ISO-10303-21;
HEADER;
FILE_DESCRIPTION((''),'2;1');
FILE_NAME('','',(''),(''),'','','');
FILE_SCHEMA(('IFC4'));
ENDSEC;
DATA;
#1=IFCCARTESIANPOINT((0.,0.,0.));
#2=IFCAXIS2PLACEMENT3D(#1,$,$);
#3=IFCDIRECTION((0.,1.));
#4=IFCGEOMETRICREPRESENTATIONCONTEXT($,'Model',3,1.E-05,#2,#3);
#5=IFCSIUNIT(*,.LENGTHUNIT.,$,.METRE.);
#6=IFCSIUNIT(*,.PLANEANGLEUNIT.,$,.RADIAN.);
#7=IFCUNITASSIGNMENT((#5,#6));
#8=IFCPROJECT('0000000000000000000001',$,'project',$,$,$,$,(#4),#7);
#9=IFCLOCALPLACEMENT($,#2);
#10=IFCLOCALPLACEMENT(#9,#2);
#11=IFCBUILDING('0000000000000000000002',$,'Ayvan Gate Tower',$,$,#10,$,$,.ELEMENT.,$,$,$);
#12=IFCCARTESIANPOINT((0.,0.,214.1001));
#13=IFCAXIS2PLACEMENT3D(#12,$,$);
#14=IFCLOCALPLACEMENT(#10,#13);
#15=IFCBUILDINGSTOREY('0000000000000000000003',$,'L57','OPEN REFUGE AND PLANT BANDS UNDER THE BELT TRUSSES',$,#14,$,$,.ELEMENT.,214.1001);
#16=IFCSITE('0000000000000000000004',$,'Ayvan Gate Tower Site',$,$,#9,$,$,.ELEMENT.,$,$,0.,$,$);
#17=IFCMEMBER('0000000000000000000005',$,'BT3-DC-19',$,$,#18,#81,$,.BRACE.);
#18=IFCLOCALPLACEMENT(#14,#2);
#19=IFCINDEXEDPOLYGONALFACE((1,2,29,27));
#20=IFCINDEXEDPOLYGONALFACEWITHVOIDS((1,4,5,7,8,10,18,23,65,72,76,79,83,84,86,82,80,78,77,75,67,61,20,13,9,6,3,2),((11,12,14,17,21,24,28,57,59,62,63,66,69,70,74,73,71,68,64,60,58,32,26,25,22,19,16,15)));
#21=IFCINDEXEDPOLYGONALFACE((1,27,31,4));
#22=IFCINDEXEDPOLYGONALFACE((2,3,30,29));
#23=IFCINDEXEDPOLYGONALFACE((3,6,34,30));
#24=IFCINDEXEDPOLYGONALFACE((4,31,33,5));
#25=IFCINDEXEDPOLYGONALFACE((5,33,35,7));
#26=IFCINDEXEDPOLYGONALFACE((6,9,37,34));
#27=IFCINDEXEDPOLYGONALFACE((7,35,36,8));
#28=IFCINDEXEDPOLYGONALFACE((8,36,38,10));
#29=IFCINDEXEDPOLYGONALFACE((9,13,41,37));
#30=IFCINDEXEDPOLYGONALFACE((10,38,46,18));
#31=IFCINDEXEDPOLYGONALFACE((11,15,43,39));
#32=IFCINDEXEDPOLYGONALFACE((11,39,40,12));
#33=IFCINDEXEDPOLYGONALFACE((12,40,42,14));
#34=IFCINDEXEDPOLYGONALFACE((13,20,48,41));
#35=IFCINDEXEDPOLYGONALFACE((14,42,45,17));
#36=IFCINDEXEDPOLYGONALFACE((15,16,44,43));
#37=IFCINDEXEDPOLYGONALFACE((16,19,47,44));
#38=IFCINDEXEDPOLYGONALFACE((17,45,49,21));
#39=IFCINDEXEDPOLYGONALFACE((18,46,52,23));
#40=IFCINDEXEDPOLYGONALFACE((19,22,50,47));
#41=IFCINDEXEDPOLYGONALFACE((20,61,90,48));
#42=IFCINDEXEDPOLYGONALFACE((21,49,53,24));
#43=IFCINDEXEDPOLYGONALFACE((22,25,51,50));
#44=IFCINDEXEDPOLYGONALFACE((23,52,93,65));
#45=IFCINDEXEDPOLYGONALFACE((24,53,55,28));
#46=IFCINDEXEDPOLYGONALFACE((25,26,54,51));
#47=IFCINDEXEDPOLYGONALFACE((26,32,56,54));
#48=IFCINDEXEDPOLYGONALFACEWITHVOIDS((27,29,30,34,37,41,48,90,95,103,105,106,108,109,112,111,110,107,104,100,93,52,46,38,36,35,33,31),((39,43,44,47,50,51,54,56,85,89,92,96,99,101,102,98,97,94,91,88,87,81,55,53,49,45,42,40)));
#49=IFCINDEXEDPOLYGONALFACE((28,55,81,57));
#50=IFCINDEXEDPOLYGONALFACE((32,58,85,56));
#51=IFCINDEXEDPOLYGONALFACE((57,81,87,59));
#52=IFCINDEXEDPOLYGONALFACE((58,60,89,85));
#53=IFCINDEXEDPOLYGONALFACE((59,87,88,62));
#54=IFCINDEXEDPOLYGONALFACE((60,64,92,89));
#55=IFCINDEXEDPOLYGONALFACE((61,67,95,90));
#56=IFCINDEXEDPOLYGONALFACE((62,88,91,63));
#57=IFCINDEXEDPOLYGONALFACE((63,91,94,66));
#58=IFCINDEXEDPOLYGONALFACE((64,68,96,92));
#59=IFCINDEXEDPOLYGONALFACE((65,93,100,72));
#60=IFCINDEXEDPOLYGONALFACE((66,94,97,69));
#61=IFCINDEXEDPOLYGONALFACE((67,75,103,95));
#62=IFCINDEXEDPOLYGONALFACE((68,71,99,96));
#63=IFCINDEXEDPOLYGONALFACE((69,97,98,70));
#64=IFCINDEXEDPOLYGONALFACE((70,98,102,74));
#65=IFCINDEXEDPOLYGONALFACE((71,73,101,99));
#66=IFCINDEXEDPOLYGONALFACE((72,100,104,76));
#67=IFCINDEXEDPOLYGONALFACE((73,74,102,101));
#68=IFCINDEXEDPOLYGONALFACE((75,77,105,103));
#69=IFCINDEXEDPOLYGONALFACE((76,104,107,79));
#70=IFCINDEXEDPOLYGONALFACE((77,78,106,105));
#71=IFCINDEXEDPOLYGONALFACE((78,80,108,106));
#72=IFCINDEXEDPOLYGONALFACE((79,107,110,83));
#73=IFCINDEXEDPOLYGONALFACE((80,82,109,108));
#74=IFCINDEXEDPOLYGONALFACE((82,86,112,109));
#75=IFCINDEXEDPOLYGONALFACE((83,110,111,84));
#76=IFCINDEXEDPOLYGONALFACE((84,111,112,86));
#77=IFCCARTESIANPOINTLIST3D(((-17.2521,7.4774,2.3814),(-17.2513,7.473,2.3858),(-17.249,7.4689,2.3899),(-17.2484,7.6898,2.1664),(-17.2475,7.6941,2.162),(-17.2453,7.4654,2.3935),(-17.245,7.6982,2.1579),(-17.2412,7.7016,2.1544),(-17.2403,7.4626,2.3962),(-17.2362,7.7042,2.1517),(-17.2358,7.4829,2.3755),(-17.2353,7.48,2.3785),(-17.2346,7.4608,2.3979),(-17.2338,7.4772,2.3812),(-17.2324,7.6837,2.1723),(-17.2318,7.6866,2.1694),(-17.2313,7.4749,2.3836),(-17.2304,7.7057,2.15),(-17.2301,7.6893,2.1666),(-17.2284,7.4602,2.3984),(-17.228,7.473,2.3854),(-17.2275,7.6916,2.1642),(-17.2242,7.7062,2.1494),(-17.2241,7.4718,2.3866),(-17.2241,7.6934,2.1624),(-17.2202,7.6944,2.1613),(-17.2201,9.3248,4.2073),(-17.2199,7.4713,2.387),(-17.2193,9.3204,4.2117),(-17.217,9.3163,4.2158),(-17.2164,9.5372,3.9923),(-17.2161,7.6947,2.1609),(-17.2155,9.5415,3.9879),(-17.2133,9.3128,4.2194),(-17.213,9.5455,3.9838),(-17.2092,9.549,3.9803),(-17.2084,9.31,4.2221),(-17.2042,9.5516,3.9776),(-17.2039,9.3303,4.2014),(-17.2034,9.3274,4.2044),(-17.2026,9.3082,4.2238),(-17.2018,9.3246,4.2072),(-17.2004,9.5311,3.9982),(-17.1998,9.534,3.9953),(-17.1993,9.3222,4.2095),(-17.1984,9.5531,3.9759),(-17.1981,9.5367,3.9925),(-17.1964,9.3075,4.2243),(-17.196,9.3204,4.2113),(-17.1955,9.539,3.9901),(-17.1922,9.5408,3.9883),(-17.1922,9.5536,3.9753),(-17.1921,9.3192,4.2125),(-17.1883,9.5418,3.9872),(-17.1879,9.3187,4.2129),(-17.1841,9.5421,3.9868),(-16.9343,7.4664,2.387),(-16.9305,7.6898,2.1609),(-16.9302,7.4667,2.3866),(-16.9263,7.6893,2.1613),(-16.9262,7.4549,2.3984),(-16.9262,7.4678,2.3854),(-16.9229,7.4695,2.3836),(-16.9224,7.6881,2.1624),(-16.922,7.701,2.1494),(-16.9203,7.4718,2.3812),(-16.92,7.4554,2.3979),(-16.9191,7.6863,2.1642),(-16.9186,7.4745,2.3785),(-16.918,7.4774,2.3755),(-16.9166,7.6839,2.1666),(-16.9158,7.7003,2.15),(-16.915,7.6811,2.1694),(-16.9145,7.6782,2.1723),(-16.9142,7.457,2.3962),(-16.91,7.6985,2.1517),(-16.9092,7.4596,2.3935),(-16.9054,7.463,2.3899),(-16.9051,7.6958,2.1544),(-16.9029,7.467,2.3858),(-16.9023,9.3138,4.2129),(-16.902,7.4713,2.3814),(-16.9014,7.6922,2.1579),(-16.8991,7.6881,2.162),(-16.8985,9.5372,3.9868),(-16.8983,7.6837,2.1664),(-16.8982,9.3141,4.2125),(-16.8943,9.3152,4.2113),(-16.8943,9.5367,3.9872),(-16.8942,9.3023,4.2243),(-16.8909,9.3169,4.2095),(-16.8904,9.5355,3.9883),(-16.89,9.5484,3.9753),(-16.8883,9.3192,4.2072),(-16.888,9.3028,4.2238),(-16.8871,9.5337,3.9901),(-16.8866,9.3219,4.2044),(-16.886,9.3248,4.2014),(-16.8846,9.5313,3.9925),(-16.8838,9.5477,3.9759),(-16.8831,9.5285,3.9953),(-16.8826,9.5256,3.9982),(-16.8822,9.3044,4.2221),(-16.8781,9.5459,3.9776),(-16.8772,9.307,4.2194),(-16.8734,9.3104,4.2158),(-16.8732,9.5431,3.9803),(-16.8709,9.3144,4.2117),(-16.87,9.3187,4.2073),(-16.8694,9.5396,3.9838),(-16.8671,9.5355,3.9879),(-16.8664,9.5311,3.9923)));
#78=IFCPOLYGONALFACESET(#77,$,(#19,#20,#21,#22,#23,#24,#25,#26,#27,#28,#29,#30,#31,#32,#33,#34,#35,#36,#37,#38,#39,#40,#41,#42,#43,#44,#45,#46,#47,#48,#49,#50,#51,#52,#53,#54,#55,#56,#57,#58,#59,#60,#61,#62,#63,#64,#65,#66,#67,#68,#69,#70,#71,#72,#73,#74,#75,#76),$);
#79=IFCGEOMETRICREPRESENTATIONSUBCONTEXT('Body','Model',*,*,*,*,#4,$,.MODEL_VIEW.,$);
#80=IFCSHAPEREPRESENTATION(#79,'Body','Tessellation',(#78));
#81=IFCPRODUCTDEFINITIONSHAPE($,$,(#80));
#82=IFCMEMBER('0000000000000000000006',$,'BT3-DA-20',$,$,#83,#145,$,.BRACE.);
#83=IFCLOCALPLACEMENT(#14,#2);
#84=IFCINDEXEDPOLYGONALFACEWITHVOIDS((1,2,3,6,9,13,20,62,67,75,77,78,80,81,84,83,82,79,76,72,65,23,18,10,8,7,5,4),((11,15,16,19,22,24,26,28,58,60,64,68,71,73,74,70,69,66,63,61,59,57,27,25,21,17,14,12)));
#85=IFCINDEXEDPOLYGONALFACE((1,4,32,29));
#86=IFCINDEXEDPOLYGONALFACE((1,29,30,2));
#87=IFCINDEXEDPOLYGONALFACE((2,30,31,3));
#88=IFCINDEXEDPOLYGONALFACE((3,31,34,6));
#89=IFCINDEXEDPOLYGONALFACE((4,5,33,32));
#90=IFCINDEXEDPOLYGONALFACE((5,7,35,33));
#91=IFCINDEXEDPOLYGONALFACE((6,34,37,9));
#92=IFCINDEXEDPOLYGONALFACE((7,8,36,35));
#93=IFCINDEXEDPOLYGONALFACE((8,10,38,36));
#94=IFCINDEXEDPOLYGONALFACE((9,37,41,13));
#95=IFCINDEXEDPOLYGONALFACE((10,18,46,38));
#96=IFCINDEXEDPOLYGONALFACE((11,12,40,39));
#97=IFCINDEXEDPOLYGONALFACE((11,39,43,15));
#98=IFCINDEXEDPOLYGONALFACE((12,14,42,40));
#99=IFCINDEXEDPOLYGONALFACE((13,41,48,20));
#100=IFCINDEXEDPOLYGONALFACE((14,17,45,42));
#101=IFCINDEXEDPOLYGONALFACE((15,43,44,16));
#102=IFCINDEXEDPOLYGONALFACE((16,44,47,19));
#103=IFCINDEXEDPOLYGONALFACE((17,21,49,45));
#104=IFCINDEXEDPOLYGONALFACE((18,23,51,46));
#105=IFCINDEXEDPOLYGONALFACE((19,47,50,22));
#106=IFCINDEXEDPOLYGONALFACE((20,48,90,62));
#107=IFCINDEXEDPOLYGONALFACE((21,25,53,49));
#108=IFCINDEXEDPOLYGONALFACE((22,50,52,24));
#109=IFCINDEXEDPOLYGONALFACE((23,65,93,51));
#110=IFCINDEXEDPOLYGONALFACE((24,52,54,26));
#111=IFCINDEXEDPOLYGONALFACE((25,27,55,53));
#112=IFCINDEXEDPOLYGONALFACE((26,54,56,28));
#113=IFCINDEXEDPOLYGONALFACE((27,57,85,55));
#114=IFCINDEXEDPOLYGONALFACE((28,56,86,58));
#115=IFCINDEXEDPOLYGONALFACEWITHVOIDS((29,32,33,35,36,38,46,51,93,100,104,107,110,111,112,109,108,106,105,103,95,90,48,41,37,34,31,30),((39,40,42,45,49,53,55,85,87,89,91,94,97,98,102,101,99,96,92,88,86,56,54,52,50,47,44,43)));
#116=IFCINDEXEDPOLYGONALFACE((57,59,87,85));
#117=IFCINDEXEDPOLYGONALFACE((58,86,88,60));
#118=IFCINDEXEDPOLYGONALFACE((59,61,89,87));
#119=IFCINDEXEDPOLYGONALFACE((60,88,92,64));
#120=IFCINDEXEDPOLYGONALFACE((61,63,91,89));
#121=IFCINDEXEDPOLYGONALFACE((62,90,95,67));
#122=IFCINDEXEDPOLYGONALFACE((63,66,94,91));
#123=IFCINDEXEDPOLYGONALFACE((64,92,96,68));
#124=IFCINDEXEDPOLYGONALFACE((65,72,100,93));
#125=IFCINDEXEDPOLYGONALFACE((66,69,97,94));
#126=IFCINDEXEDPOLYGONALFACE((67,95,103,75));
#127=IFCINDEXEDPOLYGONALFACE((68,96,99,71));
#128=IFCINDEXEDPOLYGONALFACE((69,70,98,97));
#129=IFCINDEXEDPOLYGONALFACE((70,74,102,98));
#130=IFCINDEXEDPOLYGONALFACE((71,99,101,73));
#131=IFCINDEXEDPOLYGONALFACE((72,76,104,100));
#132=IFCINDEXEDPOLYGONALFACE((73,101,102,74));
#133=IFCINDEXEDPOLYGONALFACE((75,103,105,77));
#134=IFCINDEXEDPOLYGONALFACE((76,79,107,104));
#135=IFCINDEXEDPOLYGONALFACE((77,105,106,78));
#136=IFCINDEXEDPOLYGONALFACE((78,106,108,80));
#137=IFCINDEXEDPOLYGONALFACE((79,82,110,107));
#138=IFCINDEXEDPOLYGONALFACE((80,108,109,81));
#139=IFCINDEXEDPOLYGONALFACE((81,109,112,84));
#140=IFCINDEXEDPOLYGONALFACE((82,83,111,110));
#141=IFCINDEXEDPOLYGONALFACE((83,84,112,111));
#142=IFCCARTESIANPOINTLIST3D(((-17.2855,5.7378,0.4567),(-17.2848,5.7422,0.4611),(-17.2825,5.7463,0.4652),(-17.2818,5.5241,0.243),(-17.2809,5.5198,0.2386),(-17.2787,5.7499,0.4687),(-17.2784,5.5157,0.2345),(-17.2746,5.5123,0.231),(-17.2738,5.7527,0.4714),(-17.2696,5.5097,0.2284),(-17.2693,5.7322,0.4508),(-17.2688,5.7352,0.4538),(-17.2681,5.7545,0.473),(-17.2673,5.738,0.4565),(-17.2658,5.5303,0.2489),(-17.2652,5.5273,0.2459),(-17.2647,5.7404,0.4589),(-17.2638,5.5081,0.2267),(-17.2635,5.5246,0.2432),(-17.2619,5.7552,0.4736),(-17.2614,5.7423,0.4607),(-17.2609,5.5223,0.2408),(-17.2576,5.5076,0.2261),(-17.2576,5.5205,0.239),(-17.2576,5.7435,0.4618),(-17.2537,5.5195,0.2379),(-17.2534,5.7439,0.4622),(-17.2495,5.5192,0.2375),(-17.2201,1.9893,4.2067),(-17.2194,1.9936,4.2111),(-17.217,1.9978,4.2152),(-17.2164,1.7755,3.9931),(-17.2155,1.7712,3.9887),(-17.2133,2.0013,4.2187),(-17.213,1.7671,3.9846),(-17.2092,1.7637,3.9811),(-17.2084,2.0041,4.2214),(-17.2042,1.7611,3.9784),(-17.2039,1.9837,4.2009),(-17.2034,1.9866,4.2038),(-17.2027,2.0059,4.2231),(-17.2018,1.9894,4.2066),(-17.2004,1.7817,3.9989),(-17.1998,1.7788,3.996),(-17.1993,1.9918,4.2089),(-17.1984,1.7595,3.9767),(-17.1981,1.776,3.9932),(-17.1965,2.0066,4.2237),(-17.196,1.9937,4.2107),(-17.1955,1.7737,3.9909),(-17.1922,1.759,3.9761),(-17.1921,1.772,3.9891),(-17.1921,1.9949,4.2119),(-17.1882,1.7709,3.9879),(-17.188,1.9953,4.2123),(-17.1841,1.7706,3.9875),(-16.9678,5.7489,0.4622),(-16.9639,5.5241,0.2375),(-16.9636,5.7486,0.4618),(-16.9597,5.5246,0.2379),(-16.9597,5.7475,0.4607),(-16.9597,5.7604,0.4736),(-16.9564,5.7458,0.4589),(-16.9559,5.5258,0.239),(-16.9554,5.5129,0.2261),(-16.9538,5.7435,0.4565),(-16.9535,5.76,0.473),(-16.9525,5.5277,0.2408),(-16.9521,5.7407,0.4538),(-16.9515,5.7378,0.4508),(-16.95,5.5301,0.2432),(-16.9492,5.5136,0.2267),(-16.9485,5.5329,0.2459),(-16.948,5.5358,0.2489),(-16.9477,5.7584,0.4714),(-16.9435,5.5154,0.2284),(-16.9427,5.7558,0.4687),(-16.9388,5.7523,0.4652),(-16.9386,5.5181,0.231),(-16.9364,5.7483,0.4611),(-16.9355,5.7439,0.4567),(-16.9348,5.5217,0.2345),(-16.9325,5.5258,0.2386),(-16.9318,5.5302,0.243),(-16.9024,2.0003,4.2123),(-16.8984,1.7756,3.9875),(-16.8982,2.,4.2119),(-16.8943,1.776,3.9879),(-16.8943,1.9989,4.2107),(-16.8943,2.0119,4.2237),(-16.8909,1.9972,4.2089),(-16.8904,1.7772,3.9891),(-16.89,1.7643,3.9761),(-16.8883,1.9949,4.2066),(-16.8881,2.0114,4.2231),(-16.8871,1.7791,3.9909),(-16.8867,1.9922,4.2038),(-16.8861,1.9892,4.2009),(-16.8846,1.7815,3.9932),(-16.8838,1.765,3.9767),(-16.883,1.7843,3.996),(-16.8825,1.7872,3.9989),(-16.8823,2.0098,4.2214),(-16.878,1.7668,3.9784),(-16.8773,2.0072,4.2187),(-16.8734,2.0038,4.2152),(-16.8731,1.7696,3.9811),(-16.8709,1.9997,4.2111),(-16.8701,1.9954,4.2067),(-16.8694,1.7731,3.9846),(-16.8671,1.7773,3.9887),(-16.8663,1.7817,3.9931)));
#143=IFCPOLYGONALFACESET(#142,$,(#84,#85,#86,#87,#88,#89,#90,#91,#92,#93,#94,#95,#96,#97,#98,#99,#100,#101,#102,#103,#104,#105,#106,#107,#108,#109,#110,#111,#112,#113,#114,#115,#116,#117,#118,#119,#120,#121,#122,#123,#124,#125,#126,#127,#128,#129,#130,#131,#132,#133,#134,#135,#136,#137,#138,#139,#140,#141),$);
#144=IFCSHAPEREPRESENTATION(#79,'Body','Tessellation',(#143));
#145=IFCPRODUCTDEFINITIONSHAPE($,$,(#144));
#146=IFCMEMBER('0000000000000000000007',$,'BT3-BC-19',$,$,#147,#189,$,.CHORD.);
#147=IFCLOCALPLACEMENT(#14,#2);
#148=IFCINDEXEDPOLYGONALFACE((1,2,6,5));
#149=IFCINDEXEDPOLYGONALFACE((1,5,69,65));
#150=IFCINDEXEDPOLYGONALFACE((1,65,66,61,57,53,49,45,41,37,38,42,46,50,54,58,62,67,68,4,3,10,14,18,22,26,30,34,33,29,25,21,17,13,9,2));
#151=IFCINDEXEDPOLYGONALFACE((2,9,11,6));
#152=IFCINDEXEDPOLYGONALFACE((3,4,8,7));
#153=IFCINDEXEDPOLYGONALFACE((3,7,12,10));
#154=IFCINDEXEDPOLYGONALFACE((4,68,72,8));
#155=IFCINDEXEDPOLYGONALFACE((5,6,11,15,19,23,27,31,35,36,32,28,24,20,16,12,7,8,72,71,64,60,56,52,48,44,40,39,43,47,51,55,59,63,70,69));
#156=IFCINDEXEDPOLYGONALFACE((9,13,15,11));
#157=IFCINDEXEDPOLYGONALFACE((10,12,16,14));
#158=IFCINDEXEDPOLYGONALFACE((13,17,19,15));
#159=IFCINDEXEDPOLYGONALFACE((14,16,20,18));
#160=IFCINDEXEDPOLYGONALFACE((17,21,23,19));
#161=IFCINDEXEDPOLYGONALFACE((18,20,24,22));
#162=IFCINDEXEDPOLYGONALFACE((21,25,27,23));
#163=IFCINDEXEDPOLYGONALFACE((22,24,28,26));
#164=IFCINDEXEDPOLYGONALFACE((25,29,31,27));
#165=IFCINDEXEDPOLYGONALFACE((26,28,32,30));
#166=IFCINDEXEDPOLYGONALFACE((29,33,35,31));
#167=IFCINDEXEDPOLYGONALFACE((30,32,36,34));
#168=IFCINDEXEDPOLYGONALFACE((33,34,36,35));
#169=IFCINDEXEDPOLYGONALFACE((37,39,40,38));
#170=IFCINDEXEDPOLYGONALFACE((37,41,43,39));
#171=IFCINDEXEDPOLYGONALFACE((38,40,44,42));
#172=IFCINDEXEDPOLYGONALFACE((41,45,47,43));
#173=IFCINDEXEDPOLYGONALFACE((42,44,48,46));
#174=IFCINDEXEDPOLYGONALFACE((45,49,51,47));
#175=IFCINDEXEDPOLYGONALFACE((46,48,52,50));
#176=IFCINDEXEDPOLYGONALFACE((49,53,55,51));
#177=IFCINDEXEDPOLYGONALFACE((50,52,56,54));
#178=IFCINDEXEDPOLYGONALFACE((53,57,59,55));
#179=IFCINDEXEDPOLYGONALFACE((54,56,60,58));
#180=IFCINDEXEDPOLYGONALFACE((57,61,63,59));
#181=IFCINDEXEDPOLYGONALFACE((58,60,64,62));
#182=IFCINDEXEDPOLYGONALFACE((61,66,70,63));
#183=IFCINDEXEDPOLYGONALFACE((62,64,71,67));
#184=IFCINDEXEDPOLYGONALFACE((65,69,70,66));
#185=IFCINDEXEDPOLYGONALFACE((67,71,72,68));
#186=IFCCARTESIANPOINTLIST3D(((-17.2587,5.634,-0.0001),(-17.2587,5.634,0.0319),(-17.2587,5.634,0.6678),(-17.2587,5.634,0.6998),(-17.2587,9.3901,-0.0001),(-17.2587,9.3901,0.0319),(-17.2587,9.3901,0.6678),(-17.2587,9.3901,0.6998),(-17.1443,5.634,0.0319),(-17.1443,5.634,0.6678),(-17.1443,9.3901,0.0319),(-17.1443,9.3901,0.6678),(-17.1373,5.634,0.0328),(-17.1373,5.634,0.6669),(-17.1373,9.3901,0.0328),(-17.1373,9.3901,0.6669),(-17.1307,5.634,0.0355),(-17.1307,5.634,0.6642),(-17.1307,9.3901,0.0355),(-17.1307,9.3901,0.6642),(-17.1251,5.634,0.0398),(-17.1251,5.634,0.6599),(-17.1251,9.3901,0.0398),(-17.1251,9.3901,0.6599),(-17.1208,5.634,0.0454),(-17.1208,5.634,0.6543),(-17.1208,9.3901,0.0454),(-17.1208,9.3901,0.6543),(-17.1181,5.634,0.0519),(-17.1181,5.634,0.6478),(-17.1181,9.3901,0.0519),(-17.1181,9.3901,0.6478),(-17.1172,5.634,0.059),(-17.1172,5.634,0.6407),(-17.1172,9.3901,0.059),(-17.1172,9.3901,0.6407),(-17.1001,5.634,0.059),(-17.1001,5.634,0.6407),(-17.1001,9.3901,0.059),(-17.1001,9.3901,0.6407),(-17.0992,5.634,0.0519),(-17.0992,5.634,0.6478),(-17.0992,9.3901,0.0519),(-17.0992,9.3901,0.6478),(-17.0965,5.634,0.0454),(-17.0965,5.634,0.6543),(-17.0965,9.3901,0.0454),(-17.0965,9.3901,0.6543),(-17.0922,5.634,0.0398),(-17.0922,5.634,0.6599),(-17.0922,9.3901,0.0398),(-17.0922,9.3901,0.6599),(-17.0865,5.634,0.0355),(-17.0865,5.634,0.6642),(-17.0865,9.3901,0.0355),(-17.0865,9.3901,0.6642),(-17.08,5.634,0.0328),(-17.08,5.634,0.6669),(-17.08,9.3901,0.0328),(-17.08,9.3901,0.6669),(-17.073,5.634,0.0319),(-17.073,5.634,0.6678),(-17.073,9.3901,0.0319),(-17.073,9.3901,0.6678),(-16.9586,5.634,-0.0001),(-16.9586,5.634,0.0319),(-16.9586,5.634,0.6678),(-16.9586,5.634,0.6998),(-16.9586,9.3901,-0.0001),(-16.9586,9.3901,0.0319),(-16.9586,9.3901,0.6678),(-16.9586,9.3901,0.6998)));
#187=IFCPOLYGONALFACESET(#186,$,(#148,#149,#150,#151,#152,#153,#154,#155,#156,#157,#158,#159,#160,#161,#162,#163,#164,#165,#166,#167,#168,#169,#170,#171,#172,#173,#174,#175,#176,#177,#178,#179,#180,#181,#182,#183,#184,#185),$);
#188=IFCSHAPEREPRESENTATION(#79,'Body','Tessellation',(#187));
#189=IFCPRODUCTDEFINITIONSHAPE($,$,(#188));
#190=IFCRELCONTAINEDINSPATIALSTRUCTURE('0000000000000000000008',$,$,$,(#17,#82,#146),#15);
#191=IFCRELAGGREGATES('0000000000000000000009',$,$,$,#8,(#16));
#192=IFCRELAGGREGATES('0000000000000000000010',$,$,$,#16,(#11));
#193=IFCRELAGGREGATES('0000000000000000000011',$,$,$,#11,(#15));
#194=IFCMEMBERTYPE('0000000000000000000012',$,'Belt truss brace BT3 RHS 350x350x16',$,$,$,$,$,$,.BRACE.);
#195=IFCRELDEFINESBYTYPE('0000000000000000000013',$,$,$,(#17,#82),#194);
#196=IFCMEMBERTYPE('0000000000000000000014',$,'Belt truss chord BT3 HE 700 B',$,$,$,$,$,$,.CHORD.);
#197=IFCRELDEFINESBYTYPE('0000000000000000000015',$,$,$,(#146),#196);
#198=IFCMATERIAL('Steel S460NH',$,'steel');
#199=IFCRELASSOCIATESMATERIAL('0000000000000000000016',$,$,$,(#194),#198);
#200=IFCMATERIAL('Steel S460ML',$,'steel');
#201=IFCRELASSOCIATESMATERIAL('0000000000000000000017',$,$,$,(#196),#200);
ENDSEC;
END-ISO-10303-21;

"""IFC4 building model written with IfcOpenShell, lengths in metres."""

from ifc_helpers import new_model, si_unit, direction, frame, origin, origin_2d, place, context, subcontext, project, spatial, hollow_rectangle, i_section, extrude, material, material_profile, profile_set, type_object, element, save


model = new_model("IFC4")

# Units and contexts
model_context = context("Model", 3, precision=1e-05, world=origin(), true_north=direction((0.0, 1.0)))
body_context = subcontext(model_context, "Body", "Model", "MODEL_VIEW")
ifc_project = project(units=[si_unit("LENGTHUNIT", "METRE"), si_unit("PLANEANGLEUNIT", "RADIAN")], contexts=[model_context])

# Site, building, storey
site_placement = place(None, origin())
site = spatial("IfcSite", under=ifc_project, at=site_placement, Name="Ayvan Gate Tower Site", CompositionType="ELEMENT", RefElevation=0.0)
building_placement = place(site_placement, origin())
building = spatial("IfcBuilding", under=site, at=building_placement, Name="Ayvan Gate Tower", CompositionType="ELEMENT")
storey_placement = place(building_placement, frame((0.0, 0.0, 214.1001)))
storey = spatial("IfcBuildingStorey", under=building, at=storey_placement, Name="L57", Description="OPEN REFUGE AND PLANT BANDS UNDER THE BELT TRUSSES", CompositionType="ELEMENT", Elevation=214.1001)

# Members
ifc_material_1 = material(Name="Steel S460NH", Category="steel")
ifc_material_profile_1 = material_profile(ifc_material_1, hollow_rectangle(XDim=0.3501, YDim=0.3501, WallThickness=0.0161, InnerFilletRadius=0.0161, OuterFilletRadius=0.0239, at=origin_2d()), Name="RHS 350x350x16")
ifc_profile_set_1 = profile_set([ifc_material_profile_1], Name="Steel S460NH")
member_type_1 = type_object("IfcMemberType", Name="Belt truss brace BT3 RHS 350x350x16", PredefinedType="BRACE", material=ifc_profile_set_1)
member_1_placement = place(storey_placement, frame((-17.0752, 7.5806, 2.2739), z_axis=(0.012312, 0.711176, 0.702906), x_axis=(-0.99985, 0.017309, 0.0)))
element("IfcMember", 1, at=member_1_placement, inside=storey, type_object=member_type_1, Name="BT3-DC-19", PredefinedType="BRACE", context=body_context, shape_type="SweptSolid", body=[
    extrude(hollow_rectangle(XDim=0.3501, YDim=0.3501, WallThickness=0.0161, InnerFilletRadius=0.0161, OuterFilletRadius=0.0239, at=origin_2d()), origin(), (0.0, 0.0, 1.0), 2.5977),
])
member_2_placement = place(storey_placement, frame((-17.1086, 5.634, 0.3499), z_axis=(0.012339, -0.706915, 0.707191), x_axis=(0.999848, 0.017452, 0.0)))
element("IfcMember", 2, at=member_2_placement, inside=storey, type_object=member_type_1, Name="BT3-DA-20", PredefinedType="BRACE", context=body_context, shape_type="SweptSolid", body=[
    extrude(hollow_rectangle(XDim=0.3501, YDim=0.3501, WallThickness=0.0161, InnerFilletRadius=0.0161, OuterFilletRadius=0.0239, at=origin_2d()), origin(), (0.0, 0.0, 1.0), 5.3027),
])
ifc_material_2 = material(Name="Steel S460ML", Category="steel")
ifc_material_profile_2 = material_profile(ifc_material_2, i_section(OverallWidth=0.3, OverallDepth=0.7, WebThickness=0.0171, FlangeThickness=0.032, FilletRadius=0.0271, at=origin_2d()), Name="HE 700 B")
ifc_profile_set_2 = profile_set([ifc_material_profile_2], Name="Steel S460ML")
member_type_2 = type_object("IfcMemberType", Name="Belt truss chord BT3 HE 700 B", PredefinedType="CHORD", material=ifc_profile_set_2)
for number, where, z_axis, x_axis, name in (
    (3, (-17.1086, 9.3901, 0.3499), (0.0, -1.0, 0.0), (1.0, 0.0, 0.0), "BT3-BC-19"),
):
    element("IfcMember", number, at=place(storey_placement, frame(where, z_axis=z_axis, x_axis=x_axis)), inside=storey, type_object=member_type_2, Name=name, PredefinedType="CHORD", context=body_context, shape_type="SweptSolid", body=[
        extrude(i_section(OverallWidth=0.3, OverallDepth=0.7, WebThickness=0.0171, FlangeThickness=0.032, FilletRadius=0.0271, at=origin_2d()), origin(), (0.0, 0.0, 1.0), 3.7561),
    ])

save(model, "model.ifc")
